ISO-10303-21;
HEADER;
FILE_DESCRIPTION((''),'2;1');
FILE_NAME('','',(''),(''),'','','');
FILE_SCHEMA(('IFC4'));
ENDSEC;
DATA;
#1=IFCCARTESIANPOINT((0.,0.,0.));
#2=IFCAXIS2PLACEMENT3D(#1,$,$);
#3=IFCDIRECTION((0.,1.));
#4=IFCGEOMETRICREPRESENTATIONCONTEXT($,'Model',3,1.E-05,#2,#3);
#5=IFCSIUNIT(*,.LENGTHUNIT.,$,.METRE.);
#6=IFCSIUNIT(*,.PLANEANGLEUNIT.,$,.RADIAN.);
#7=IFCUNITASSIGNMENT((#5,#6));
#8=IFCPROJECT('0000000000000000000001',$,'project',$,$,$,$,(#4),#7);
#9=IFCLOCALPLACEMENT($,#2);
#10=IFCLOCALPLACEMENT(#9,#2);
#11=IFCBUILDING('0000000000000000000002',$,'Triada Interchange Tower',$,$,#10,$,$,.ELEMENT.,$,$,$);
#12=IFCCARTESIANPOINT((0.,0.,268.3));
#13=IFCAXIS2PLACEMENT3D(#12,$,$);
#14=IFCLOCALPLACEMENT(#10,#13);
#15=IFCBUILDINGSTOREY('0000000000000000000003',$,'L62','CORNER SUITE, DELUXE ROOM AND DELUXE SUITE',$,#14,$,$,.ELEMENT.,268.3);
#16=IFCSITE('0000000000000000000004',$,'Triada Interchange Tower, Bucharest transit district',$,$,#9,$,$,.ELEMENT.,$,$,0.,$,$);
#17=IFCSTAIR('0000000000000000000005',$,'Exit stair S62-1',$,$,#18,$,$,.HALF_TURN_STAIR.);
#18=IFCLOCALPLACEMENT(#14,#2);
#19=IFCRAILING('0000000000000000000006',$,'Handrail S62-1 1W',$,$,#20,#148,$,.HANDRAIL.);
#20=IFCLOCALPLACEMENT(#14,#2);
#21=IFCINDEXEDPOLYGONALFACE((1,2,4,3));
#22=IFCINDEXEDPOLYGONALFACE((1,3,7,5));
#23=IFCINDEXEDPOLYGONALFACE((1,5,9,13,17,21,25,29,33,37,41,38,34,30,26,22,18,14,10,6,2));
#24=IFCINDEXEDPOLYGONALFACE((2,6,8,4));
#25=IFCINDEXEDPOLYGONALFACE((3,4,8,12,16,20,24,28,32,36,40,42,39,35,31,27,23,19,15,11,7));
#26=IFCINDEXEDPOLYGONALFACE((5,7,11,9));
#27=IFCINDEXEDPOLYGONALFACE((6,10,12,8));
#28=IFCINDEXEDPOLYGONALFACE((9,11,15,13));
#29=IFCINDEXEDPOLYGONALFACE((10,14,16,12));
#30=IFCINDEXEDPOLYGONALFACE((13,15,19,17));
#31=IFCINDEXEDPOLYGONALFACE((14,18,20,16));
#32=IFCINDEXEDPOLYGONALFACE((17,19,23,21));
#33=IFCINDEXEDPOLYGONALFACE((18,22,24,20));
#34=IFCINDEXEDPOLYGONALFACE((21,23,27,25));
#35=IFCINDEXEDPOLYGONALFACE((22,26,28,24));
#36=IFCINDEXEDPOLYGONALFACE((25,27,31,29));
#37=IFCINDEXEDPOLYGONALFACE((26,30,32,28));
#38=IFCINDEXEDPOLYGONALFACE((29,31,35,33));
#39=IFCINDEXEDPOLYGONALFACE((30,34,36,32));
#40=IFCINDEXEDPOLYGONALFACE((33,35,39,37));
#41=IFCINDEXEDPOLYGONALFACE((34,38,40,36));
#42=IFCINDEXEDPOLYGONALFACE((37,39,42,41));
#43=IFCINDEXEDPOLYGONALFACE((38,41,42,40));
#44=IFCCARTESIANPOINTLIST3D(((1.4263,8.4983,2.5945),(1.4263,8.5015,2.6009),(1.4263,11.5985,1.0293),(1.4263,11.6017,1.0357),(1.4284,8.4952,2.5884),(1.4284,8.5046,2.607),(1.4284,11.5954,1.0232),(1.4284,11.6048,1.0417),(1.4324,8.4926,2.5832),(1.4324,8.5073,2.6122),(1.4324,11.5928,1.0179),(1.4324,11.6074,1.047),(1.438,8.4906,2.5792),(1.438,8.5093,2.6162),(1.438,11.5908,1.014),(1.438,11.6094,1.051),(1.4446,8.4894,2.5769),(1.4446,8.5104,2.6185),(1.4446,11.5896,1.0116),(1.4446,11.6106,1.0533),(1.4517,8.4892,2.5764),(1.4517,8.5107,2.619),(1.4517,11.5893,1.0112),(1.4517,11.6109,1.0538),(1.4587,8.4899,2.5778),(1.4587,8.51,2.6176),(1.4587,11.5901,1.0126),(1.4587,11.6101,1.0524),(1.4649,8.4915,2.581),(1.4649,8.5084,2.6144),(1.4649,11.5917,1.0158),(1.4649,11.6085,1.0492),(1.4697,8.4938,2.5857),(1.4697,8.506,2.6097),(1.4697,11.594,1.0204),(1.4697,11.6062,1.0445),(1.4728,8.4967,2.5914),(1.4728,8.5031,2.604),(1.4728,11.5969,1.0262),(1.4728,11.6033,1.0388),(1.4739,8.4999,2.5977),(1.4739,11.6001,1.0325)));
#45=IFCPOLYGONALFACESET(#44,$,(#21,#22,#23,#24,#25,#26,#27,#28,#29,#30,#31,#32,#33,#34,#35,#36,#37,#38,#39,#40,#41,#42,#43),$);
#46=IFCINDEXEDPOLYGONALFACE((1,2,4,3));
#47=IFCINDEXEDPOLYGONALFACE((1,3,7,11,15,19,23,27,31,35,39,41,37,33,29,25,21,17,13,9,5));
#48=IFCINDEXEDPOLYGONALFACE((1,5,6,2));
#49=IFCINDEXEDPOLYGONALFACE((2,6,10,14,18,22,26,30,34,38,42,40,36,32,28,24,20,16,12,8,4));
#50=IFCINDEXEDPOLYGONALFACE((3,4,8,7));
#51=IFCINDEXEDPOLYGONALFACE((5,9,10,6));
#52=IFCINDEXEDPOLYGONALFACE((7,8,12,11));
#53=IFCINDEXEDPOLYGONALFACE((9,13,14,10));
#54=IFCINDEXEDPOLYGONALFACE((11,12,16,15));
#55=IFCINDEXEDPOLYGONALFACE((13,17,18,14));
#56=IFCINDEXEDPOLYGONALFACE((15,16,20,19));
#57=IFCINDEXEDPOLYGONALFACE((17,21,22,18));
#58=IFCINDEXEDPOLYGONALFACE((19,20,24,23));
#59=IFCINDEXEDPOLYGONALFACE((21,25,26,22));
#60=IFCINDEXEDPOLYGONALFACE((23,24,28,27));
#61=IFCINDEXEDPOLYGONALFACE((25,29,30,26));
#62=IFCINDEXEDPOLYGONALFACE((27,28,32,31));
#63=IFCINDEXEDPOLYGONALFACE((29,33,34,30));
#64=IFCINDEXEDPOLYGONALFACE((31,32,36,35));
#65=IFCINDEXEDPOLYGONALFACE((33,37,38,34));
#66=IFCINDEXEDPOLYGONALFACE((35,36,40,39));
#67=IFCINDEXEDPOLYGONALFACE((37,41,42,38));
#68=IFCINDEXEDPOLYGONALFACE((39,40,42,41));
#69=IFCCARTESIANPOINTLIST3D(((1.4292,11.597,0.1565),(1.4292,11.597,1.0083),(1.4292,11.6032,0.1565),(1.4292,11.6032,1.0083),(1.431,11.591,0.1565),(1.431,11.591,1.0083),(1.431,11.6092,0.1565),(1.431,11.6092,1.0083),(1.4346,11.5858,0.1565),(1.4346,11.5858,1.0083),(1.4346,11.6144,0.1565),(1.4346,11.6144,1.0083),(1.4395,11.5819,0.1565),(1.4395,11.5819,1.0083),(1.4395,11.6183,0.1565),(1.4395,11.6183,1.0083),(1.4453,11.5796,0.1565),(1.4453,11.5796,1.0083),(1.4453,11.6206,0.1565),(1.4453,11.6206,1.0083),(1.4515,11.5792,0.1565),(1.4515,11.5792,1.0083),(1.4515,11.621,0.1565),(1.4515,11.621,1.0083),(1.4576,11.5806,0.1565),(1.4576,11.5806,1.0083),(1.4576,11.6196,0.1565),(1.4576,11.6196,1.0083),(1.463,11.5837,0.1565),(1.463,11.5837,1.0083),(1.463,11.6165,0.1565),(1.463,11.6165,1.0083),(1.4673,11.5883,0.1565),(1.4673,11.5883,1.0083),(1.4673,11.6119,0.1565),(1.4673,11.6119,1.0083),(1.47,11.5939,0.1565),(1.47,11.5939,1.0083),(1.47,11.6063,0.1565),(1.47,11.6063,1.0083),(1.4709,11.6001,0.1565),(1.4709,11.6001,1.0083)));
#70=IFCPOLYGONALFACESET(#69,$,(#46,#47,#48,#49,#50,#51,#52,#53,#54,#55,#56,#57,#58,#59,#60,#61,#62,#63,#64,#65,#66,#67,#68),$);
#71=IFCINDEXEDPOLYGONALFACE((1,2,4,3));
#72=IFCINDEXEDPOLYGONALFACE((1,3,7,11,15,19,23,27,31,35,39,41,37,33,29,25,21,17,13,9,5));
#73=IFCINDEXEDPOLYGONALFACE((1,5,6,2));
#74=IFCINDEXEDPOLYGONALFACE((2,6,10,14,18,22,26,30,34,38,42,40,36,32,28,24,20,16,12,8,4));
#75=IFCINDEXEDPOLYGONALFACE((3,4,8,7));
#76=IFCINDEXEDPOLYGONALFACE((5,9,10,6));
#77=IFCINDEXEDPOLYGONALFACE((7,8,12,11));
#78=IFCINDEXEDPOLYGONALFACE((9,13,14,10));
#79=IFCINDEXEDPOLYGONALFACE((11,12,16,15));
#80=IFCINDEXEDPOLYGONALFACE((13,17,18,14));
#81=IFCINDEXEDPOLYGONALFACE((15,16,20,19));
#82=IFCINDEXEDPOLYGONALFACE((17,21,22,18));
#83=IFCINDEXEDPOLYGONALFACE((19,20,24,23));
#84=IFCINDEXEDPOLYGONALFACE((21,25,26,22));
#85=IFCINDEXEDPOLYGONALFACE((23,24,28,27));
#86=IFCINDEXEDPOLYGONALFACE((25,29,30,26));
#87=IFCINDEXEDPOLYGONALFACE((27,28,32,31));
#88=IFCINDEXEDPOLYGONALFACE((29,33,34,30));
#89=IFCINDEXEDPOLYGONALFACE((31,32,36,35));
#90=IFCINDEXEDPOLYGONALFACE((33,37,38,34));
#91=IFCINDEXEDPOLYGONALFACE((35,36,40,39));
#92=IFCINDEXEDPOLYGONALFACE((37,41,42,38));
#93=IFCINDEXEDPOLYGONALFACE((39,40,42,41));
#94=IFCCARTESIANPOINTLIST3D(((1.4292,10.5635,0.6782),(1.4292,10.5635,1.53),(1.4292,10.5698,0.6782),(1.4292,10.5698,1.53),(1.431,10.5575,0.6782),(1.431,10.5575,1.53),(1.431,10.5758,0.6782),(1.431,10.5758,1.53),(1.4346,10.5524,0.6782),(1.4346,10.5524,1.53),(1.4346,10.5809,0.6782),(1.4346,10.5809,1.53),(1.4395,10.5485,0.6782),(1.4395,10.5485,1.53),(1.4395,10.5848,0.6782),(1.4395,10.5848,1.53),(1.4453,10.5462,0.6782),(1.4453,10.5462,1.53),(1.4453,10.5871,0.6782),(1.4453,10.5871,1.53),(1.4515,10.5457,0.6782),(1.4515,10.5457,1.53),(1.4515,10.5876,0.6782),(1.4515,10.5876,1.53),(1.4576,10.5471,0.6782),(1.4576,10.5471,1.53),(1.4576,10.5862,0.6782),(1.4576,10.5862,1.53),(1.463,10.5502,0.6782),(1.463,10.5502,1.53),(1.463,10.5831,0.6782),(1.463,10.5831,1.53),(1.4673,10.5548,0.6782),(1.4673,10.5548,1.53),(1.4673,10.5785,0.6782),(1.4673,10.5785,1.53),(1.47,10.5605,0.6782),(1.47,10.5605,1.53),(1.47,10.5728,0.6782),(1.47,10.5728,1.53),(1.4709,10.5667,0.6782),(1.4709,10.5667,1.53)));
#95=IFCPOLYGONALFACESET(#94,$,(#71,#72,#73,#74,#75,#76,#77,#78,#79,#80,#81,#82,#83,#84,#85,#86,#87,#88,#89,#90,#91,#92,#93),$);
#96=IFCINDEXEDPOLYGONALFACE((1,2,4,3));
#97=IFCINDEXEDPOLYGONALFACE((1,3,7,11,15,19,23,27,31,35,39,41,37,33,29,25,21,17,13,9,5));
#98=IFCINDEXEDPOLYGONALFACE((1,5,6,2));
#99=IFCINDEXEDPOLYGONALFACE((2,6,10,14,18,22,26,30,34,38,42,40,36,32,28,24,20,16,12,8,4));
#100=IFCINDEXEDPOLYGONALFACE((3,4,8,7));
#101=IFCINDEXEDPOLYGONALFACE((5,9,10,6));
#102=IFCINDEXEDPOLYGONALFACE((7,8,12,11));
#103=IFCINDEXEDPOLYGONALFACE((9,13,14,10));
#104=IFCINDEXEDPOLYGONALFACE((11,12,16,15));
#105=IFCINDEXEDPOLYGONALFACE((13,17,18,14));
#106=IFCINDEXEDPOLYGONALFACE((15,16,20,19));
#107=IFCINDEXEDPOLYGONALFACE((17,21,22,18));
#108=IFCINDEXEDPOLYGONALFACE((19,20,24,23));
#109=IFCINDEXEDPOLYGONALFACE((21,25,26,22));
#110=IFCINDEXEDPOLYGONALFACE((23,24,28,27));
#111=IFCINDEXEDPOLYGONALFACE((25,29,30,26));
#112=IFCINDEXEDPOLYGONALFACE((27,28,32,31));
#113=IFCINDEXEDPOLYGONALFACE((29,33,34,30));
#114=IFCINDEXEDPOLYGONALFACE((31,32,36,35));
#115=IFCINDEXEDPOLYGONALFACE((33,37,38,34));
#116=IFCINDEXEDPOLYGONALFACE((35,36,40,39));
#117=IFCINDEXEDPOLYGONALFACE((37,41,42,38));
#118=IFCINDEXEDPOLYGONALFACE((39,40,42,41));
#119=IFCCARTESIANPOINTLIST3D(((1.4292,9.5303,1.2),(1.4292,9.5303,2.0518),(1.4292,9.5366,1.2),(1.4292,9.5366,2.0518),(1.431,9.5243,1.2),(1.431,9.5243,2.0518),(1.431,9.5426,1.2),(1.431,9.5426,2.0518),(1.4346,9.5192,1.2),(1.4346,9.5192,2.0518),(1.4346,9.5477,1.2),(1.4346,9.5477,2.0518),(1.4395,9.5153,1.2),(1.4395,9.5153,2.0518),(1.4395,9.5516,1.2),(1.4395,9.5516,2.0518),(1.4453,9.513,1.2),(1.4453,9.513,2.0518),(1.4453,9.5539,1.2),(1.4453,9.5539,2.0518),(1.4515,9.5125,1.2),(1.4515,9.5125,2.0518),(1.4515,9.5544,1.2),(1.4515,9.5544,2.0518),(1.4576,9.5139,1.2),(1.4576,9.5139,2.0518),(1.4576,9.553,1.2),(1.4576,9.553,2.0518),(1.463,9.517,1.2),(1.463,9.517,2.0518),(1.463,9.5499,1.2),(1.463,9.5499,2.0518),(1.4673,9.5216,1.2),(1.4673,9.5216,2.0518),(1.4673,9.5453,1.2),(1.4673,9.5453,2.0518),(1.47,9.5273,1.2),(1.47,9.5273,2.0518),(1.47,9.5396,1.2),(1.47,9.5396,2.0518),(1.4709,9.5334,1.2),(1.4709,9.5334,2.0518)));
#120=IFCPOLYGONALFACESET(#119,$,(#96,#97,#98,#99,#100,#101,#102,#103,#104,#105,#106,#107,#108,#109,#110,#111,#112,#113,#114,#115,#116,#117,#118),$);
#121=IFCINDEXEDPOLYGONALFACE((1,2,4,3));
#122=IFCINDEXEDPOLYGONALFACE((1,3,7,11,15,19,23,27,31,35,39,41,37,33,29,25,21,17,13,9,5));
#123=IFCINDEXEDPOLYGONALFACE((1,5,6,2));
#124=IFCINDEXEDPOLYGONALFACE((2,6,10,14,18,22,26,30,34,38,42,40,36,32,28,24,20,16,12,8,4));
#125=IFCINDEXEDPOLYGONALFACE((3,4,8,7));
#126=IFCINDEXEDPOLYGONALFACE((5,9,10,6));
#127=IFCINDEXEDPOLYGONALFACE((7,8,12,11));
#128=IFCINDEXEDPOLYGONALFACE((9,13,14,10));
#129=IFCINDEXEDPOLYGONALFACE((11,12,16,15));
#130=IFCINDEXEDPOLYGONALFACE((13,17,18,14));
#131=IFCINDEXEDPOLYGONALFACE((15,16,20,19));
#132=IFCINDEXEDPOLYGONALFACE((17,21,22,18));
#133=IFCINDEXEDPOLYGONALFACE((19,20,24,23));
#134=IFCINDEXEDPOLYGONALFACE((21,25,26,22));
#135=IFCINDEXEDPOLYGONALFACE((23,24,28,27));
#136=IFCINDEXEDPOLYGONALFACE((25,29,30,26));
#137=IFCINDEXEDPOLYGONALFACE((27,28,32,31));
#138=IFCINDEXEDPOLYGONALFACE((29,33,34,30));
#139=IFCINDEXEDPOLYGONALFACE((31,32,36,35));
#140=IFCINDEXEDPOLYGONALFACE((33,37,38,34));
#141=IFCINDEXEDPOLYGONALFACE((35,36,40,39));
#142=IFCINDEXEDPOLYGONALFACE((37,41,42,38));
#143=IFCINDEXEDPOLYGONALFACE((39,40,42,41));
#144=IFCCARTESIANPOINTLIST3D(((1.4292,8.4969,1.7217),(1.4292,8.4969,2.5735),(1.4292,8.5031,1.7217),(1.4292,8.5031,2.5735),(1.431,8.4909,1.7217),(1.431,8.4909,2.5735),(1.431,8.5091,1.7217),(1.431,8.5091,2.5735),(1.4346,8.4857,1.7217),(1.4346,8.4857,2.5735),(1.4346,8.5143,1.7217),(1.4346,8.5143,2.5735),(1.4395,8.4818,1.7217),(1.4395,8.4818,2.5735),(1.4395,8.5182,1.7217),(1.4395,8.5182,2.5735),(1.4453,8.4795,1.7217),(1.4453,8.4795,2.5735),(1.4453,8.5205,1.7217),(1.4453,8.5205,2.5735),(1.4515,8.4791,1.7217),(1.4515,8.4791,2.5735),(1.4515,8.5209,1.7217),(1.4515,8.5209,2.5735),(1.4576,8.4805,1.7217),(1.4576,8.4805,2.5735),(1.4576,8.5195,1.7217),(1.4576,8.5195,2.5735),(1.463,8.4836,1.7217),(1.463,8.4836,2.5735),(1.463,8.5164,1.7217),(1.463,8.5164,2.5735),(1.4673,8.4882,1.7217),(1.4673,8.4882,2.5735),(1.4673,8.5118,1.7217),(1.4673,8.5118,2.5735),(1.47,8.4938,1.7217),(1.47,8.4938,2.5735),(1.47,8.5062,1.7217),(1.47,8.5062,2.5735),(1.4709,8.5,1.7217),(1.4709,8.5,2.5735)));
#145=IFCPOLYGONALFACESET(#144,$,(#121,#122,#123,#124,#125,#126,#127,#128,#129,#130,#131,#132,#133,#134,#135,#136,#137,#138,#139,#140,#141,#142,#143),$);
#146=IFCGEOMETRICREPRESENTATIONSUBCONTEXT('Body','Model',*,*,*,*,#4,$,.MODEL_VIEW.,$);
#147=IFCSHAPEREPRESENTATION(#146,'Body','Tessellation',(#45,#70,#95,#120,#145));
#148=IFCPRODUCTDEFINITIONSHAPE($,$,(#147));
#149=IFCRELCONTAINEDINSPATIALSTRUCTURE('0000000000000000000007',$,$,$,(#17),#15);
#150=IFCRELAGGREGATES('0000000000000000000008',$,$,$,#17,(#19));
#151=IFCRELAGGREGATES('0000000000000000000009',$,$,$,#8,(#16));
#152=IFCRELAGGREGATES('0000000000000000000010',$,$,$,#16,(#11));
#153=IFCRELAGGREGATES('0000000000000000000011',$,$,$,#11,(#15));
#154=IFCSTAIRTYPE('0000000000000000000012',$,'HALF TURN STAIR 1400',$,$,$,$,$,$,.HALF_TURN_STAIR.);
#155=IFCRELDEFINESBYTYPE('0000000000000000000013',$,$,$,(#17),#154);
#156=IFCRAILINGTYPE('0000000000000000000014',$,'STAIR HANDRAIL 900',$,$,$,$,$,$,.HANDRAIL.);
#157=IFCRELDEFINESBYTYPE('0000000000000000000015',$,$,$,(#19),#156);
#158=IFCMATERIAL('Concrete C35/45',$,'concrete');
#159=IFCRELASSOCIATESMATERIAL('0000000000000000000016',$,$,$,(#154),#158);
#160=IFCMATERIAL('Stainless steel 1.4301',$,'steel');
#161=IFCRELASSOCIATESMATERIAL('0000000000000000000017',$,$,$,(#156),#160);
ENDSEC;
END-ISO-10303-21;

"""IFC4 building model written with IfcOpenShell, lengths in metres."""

from ifc_helpers import new_model, si_unit, direction, frame, origin, origin_2d, place, context, subcontext, project, spatial, circle, extrude, material, type_object, element, aggregate, save


model = new_model("IFC4")

# Units and contexts
model_context = context("Model", 3, precision=1e-05, world=origin(), true_north=direction((0.0, 1.0)))
body_context = subcontext(model_context, "Body", "Model", "MODEL_VIEW")
ifc_project = project(units=[si_unit("LENGTHUNIT", "METRE"), si_unit("PLANEANGLEUNIT", "RADIAN")], contexts=[model_context])

# Site, building, storey
site_placement = place(None, origin())
site = spatial("IfcSite", under=ifc_project, at=site_placement, Name="Triada Interchange Tower, Bucharest transit district", CompositionType="ELEMENT", RefElevation=0.0)
building_placement = place(site_placement, origin())
building = spatial("IfcBuilding", under=site, at=building_placement, Name="Triada Interchange Tower", CompositionType="ELEMENT")
storey_placement = place(building_placement, frame((0.0, 0.0, 268.3)))
storey = spatial("IfcBuildingStorey", under=building, at=storey_placement, Name="L62", Description="CORNER SUITE, DELUXE ROOM AND DELUXE SUITE", CompositionType="ELEMENT", Elevation=268.3)

# Stair
ifc_material_1 = material(Name="Concrete C35/45", Category="concrete")
stair_type = type_object("IfcStairType", Name="HALF TURN STAIR 1400", PredefinedType="HALF_TURN_STAIR", material=ifc_material_1)
stair_placement = place(storey_placement, origin())
stair = element("IfcStair", 1, at=stair_placement, inside=storey, type_object=stair_type, Name="Exit stair S62-1", PredefinedType="HALF_TURN_STAIR")

# Railing
ifc_material_2 = material(Name="Stainless steel 1.4301", Category="steel")
railing_type = type_object("IfcRailingType", Name="STAIR HANDRAIL 900", PredefinedType="HANDRAIL", material=ifc_material_2)
railing_1_placement = place(storey_placement, frame((1.45, 11.6001, 0.1565)))
railing_1 = element("IfcRailing", 2, at=railing_1_placement, type_object=railing_type, Name="Handrail S62-1 1W", PredefinedType="HANDRAIL", context=body_context, shape_type="SweptSolid", body=[
    extrude(circle(Radius=0.0239, at=origin_2d()), frame((0.0, 0.0, 0.876), z_axis=(0.0, -0.892677, 0.450697), x_axis=(1.0, 0.0, 0.0)), (0.0, 0.0, 1.0), 3.4729),
    extrude(circle(Radius=0.021, at=origin_2d()), origin(), (0.0, 0.0, 1.0), 0.8518),
    extrude(circle(Radius=0.021, at=origin_2d()), frame((0.0, -1.0334, 0.5217)), (0.0, 0.0, 1.0), 0.8518),
    extrude(circle(Radius=0.021, at=origin_2d()), frame((0.0, -2.0667, 1.0435)), (0.0, 0.0, 1.0), 0.8518),
    extrude(circle(Radius=0.021, at=origin_2d()), frame((0.0, -3.1001, 1.5652)), (0.0, 0.0, 1.0), 0.8518),
])
aggregate(stair, [railing_1])

save(model, "model.ifc")
